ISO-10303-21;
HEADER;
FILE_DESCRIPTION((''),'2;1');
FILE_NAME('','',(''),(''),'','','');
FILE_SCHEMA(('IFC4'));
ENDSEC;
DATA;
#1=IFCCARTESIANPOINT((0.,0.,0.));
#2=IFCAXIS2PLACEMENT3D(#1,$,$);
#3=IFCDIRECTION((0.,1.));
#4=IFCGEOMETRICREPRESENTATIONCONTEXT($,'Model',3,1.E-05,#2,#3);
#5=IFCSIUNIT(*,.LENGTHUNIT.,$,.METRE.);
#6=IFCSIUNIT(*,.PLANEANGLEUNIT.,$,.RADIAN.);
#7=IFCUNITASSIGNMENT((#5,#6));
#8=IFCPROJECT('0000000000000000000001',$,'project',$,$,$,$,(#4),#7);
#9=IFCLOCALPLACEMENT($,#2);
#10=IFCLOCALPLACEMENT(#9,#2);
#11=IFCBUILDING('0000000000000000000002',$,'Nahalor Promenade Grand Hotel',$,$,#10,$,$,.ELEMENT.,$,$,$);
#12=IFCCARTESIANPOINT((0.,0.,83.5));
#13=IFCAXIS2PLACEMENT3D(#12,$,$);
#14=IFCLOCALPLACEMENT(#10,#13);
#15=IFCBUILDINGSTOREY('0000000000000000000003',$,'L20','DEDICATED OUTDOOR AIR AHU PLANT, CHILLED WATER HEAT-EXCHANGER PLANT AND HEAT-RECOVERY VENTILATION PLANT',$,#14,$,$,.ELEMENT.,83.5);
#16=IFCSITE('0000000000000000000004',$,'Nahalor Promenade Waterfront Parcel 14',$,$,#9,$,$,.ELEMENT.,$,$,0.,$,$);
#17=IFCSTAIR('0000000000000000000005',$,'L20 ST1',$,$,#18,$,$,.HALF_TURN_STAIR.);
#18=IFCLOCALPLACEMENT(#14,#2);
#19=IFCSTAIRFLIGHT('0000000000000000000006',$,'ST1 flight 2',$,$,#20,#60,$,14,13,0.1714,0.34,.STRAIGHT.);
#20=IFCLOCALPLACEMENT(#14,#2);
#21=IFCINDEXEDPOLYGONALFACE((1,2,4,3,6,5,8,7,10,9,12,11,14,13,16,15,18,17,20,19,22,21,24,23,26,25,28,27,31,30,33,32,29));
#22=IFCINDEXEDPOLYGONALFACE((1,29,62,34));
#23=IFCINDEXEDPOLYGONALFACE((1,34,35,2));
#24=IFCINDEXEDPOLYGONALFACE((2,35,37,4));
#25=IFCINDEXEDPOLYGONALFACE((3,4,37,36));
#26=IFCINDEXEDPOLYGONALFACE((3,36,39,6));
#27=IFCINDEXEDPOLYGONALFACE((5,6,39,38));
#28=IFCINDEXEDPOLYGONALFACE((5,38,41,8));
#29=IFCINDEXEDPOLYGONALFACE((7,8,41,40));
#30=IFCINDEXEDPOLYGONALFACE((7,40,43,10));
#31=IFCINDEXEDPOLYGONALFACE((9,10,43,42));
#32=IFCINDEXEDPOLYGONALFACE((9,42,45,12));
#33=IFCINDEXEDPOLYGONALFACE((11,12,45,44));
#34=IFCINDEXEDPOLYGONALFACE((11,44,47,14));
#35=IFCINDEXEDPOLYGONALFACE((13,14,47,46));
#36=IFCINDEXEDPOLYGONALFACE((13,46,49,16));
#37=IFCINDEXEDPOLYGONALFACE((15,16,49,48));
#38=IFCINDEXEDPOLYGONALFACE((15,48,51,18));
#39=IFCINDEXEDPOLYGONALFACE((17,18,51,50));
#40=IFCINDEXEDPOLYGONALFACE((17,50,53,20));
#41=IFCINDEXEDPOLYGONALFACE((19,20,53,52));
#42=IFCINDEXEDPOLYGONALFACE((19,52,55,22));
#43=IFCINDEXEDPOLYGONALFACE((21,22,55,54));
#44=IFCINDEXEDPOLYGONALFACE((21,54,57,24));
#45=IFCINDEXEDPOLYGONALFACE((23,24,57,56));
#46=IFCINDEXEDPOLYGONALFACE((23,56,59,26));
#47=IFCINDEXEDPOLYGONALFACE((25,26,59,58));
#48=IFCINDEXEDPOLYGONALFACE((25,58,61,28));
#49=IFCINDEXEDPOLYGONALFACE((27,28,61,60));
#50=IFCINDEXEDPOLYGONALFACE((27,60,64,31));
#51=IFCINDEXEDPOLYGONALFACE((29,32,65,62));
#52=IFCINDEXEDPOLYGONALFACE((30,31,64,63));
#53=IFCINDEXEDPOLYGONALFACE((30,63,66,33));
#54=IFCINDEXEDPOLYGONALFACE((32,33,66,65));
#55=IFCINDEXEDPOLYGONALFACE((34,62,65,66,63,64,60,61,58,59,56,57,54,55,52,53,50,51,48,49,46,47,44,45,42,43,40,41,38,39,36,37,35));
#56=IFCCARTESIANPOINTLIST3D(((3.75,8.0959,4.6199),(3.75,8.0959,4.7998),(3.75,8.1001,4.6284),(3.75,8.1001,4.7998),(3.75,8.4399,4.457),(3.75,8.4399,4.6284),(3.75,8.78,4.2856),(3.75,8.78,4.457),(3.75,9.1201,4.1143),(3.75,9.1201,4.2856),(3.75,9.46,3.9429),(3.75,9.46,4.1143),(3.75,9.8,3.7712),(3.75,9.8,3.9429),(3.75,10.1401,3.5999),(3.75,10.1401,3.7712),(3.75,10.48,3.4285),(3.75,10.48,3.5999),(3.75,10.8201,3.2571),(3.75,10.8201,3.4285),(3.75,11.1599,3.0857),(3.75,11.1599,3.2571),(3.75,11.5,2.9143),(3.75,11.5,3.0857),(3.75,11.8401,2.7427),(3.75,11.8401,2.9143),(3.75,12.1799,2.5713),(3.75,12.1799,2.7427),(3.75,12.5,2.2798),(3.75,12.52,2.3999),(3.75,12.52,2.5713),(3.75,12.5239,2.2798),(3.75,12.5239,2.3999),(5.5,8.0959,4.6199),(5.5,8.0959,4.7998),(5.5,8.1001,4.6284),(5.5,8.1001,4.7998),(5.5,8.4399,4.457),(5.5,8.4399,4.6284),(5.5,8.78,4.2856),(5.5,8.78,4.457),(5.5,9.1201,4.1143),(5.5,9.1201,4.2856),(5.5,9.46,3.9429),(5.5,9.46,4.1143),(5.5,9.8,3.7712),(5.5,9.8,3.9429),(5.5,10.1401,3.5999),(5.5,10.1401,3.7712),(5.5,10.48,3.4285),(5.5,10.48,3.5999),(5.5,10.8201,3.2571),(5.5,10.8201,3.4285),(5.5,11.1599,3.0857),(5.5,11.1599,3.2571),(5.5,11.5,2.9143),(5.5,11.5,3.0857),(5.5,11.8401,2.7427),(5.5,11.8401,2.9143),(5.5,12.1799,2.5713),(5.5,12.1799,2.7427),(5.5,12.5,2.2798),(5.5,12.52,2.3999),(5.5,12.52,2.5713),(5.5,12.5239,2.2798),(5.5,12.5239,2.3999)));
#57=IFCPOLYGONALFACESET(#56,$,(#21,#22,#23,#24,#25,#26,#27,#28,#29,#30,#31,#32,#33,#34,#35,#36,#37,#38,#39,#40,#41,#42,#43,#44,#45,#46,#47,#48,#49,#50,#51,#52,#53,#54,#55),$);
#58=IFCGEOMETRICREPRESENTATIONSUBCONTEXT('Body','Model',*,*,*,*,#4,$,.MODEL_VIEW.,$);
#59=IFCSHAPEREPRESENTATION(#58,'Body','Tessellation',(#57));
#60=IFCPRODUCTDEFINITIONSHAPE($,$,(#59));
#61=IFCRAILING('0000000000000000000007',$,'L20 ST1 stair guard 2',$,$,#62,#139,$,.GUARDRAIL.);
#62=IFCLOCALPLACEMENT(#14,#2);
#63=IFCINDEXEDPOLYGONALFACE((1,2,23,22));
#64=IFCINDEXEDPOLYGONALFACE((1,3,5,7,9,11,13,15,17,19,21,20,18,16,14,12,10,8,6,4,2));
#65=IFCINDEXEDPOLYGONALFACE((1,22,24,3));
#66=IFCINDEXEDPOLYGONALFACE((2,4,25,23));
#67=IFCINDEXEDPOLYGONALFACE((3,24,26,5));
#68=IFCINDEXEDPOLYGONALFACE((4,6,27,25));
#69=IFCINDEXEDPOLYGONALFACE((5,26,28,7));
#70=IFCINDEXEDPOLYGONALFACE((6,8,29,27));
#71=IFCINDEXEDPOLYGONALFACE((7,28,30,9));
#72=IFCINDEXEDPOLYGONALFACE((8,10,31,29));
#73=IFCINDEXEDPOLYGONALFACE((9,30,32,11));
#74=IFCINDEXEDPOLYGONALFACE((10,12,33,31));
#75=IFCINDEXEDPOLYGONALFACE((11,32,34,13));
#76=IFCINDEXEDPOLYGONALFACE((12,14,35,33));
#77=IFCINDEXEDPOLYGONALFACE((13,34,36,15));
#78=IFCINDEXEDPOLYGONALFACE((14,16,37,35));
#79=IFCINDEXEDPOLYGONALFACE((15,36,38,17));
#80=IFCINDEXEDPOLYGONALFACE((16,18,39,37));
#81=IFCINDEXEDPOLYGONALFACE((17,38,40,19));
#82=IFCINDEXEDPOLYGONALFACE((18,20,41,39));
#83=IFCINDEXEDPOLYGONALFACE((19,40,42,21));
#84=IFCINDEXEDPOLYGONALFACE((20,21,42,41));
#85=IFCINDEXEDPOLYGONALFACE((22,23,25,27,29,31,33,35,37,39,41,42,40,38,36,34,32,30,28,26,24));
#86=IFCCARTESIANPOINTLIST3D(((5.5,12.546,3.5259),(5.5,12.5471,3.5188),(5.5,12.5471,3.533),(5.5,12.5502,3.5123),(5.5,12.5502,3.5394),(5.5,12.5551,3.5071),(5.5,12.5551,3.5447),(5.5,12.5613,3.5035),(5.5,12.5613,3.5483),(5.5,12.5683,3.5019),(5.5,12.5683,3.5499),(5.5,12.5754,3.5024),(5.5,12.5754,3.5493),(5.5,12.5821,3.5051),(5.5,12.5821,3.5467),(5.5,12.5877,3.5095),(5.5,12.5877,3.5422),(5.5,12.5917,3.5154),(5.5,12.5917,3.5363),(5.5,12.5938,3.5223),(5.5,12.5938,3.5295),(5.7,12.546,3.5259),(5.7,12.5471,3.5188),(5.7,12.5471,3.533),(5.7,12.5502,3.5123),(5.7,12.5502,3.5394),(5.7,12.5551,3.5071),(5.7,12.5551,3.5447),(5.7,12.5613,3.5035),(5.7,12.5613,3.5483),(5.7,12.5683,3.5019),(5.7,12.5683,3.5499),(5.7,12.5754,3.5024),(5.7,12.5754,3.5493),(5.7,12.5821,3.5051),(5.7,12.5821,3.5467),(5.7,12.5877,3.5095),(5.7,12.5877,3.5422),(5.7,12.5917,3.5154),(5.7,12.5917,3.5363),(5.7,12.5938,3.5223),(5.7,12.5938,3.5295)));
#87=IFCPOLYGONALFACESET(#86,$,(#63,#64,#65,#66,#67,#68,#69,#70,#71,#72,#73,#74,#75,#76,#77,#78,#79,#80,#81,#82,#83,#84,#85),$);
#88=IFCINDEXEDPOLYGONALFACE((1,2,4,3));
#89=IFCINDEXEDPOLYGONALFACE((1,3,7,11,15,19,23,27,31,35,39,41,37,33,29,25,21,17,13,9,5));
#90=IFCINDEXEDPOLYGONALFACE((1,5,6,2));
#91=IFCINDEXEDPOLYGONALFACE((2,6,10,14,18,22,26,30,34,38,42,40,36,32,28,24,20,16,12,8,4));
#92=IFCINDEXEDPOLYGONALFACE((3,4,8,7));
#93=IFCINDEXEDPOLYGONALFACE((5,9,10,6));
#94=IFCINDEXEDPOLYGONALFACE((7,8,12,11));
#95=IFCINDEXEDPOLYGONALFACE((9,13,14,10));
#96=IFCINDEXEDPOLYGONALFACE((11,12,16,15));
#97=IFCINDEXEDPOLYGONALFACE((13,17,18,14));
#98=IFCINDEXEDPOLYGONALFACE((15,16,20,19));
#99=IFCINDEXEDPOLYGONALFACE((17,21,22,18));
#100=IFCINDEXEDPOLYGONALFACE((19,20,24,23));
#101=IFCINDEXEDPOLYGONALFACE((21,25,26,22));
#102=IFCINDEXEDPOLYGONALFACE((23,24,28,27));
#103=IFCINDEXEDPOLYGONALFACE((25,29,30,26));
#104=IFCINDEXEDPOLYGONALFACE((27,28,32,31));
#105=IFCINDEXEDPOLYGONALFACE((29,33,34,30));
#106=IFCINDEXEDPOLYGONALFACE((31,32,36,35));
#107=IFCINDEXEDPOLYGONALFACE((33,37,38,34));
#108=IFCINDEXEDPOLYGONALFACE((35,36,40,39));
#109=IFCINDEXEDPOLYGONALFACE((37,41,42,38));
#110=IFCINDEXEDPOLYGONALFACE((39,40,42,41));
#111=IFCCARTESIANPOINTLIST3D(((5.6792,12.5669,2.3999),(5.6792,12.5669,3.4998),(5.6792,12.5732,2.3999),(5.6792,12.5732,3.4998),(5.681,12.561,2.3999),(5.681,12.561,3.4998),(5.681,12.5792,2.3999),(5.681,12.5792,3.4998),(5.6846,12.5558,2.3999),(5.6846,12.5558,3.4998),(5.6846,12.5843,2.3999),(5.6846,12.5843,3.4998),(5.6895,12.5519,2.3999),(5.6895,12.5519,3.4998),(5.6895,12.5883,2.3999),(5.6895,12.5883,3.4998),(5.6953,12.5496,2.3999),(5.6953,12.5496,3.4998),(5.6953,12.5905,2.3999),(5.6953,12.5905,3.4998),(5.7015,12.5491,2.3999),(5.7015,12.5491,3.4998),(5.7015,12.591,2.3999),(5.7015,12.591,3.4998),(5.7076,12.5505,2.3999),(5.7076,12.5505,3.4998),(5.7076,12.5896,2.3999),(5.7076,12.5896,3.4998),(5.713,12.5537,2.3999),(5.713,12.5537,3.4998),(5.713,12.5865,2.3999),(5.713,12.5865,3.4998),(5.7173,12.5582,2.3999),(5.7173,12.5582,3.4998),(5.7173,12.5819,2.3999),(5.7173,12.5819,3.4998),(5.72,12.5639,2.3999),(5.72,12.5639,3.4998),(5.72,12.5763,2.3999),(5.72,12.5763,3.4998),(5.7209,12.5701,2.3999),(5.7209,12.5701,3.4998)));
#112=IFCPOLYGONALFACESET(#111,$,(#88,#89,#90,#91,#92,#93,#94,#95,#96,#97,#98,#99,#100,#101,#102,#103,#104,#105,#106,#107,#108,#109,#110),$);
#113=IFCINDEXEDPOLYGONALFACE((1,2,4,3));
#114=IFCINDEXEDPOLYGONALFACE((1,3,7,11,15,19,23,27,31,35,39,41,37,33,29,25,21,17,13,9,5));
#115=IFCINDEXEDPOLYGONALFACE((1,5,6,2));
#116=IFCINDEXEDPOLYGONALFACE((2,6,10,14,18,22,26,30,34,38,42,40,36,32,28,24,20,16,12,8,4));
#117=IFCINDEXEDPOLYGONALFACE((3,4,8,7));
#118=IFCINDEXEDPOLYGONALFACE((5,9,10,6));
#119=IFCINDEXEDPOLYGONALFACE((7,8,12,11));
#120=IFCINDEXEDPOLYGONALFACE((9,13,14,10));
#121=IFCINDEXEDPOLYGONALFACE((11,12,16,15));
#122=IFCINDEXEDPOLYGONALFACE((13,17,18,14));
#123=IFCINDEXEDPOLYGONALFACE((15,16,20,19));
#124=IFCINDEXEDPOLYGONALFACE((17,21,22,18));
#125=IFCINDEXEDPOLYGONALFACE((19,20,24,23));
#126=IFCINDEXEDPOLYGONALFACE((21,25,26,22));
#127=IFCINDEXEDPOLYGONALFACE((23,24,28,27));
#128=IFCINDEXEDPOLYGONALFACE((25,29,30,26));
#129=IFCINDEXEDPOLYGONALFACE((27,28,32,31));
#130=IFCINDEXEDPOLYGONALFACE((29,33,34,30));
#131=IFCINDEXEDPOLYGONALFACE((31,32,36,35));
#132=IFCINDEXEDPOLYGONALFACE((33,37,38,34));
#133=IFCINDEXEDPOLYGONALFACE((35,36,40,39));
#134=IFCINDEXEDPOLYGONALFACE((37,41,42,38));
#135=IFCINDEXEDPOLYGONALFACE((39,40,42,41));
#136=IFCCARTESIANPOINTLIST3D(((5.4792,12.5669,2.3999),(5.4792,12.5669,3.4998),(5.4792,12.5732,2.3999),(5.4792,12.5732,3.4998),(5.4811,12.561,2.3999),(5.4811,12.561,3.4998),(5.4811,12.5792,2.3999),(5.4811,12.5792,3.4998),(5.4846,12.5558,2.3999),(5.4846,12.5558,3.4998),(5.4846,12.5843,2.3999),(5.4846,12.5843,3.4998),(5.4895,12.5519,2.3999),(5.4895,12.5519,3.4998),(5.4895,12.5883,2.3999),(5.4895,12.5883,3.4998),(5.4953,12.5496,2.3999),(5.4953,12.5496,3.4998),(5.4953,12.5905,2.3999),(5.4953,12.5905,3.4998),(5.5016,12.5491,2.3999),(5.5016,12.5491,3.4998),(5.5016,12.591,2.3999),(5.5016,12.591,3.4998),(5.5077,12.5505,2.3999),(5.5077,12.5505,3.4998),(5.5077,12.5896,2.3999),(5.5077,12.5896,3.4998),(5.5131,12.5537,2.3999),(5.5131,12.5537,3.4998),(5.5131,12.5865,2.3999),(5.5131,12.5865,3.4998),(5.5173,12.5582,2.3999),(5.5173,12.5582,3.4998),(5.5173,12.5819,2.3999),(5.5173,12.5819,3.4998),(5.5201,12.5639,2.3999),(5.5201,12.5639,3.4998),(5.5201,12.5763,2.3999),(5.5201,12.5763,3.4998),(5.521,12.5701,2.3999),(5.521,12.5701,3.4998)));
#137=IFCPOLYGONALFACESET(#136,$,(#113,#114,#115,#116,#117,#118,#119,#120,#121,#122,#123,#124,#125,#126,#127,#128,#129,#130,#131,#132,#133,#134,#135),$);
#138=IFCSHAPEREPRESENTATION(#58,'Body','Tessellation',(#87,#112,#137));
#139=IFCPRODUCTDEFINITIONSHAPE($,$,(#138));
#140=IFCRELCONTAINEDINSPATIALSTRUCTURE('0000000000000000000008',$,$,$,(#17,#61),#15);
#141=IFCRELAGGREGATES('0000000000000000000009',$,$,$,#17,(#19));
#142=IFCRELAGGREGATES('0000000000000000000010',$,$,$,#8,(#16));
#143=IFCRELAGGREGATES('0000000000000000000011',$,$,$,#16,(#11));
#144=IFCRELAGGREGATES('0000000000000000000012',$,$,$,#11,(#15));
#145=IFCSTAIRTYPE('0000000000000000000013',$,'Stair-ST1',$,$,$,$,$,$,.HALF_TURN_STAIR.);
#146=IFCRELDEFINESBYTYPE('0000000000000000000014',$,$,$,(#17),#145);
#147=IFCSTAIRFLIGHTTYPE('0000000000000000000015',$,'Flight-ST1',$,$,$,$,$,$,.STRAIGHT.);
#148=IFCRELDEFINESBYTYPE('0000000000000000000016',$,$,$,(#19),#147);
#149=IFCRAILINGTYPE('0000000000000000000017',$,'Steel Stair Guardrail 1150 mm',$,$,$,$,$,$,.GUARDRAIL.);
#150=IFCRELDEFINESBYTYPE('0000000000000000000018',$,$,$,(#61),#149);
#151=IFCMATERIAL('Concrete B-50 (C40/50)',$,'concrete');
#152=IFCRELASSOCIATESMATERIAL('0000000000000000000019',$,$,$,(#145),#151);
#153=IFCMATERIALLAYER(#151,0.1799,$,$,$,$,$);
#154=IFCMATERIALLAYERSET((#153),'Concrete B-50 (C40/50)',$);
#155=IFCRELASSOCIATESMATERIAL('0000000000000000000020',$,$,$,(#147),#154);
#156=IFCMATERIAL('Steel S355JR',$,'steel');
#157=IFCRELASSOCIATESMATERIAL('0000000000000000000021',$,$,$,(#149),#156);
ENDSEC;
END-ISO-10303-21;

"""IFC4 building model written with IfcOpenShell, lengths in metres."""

from ifc_helpers import new_model, si_unit, direction, frame, origin, origin_2d, place, context, subcontext, project, spatial, polyline, circle, outline, extrude, source, transform, mapped, material, layer, layer_set, type_object, element, aggregate, save


model = new_model("IFC4")

# Units and contexts
model_context = context("Model", 3, precision=1e-05, world=origin(), true_north=direction((0.0, 1.0)))
body_context = subcontext(model_context, "Body", "Model", "MODEL_VIEW")
ifc_project = project(units=[si_unit("LENGTHUNIT", "METRE"), si_unit("PLANEANGLEUNIT", "RADIAN")], contexts=[model_context])

# Site, building, storey
site_placement = place(None, origin())
site = spatial("IfcSite", under=ifc_project, at=site_placement, Name="Nahalor Promenade Waterfront Parcel 14", CompositionType="ELEMENT", RefElevation=0.0)
building_placement = place(site_placement, origin())
building = spatial("IfcBuilding", under=site, at=building_placement, Name="Nahalor Promenade Grand Hotel", CompositionType="ELEMENT")
storey_placement = place(building_placement, frame((0.0, 0.0, 83.5)))
storey = spatial("IfcBuildingStorey", under=building, at=storey_placement, Name="L20", Description="DEDICATED OUTDOOR AIR AHU PLANT, CHILLED WATER HEAT-EXCHANGER PLANT AND HEAT-RECOVERY VENTILATION PLANT", CompositionType="ELEMENT", Elevation=83.5)

# Shared definitions
ifc_material_1 = material(Name="Steel S355JR", Category="steel")

# Shared definitions
ifc_material_2 = material(Name="Concrete B-50 (C40/50)", Category="concrete")

# Stair, stair flight
stair_type = type_object("IfcStairType", Name="Stair-ST1", PredefinedType="HALF_TURN_STAIR", material=ifc_material_2)
stair_placement = place(storey_placement, origin())
stair = element("IfcStair", 1, at=stair_placement, inside=storey, type_object=stair_type, Name="L20 ST1", PredefinedType="HALF_TURN_STAIR")
ifc_layer_1 = layer(ifc_material_2, 0.1799)
ifc_layer_set_1 = layer_set([ifc_layer_1], Name="Concrete B-50 (C40/50)")
stair_flight_type = type_object("IfcStairFlightType", Name="Flight-ST1", PredefinedType="STRAIGHT", material=ifc_layer_set_1)
shared_shape_1 = source(origin(), body_context, "Body", "SweptSolid", [
    extrude(outline(polyline([(-0.0039, -0.1201), (-0.0039, 0.0), (0.0, 0.0), (0.0, 0.1714), (0.3401, 0.1714), (0.3401, 0.3428), (0.6799, 0.3428), (0.6799, 0.5144), (1.02, 0.5144), (1.02, 0.6858), (1.3601, 0.6858), (1.3601, 0.8572), (1.7, 0.8572), (1.7, 1.0286), (2.04, 1.0286), (2.04, 1.2), (2.3799, 1.2), (2.3799, 1.3713), (2.72, 1.3713), (2.72, 1.543), (3.0601, 1.543), (3.0601, 1.7144), (3.3999, 1.7144), (3.3999, 1.8857), (3.74, 1.8857), (3.74, 2.0571), (4.0801, 2.0571), (4.0801, 2.2285), (4.4199, 2.2285), (4.4199, 2.3999), (4.4241, 2.3999), (4.4241, 2.22), (0.02, -0.1201), (-0.0039, -0.1201)])), frame((0.0, 0.875, 0.0), z_axis=(0.0, -1.0, 0.0), x_axis=(1.0, 0.0, 0.0)), (0.0, 0.0, 1.0), 1.75),
])
stair_flight_placement = place(storey_placement, frame((4.625, 12.52, 2.3999), z_axis=(0.0, 0.0, 1.0), x_axis=(0.0, -1.0, 0.0)))
stair_flight = element("IfcStairFlight", 2, at=stair_flight_placement, type_object=stair_flight_type, Name="ST1 flight 2", NumberOfRisers=14, NumberOfTreads=13, PredefinedType="STRAIGHT", RiserHeight=0.1714, TreadLength=0.34, context=body_context, shape_type="MappedRepresentation", body=[
    mapped(shared_shape_1, transform((0.0, 0.0, 0.0), scale=1.0)),
])
aggregate(stair, [stair_flight])

# Railing
railing_type = type_object("IfcRailingType", Name="Steel Stair Guardrail 1150 mm", PredefinedType="GUARDRAIL", material=ifc_material_1)
railing_1_placement = place(storey_placement, frame((5.7, 12.5701, 2.3999)))
element("IfcRailing", 3, at=railing_1_placement, inside=storey, type_object=railing_type, Name="L20 ST1 stair guard 2", PredefinedType="GUARDRAIL", context=body_context, shape_type="SweptSolid", body=[
    extrude(circle(Radius=0.024, at=origin_2d()), frame((0.0, 0.0, 1.126), z_axis=(-1.0, 0.0, 0.0), x_axis=(0.0, -1.0, 0.0)), (0.0, 0.0, 1.0), 0.2),
    extrude(circle(Radius=0.021, at=origin_2d()), origin(), (0.0, 0.0, 1.0), 1.0999),
    extrude(circle(Radius=0.021, at=origin_2d()), frame((-0.2, 0.0, 0.0)), (0.0, 0.0, 1.0), 1.0999),
])

save(model, "model.ifc")
